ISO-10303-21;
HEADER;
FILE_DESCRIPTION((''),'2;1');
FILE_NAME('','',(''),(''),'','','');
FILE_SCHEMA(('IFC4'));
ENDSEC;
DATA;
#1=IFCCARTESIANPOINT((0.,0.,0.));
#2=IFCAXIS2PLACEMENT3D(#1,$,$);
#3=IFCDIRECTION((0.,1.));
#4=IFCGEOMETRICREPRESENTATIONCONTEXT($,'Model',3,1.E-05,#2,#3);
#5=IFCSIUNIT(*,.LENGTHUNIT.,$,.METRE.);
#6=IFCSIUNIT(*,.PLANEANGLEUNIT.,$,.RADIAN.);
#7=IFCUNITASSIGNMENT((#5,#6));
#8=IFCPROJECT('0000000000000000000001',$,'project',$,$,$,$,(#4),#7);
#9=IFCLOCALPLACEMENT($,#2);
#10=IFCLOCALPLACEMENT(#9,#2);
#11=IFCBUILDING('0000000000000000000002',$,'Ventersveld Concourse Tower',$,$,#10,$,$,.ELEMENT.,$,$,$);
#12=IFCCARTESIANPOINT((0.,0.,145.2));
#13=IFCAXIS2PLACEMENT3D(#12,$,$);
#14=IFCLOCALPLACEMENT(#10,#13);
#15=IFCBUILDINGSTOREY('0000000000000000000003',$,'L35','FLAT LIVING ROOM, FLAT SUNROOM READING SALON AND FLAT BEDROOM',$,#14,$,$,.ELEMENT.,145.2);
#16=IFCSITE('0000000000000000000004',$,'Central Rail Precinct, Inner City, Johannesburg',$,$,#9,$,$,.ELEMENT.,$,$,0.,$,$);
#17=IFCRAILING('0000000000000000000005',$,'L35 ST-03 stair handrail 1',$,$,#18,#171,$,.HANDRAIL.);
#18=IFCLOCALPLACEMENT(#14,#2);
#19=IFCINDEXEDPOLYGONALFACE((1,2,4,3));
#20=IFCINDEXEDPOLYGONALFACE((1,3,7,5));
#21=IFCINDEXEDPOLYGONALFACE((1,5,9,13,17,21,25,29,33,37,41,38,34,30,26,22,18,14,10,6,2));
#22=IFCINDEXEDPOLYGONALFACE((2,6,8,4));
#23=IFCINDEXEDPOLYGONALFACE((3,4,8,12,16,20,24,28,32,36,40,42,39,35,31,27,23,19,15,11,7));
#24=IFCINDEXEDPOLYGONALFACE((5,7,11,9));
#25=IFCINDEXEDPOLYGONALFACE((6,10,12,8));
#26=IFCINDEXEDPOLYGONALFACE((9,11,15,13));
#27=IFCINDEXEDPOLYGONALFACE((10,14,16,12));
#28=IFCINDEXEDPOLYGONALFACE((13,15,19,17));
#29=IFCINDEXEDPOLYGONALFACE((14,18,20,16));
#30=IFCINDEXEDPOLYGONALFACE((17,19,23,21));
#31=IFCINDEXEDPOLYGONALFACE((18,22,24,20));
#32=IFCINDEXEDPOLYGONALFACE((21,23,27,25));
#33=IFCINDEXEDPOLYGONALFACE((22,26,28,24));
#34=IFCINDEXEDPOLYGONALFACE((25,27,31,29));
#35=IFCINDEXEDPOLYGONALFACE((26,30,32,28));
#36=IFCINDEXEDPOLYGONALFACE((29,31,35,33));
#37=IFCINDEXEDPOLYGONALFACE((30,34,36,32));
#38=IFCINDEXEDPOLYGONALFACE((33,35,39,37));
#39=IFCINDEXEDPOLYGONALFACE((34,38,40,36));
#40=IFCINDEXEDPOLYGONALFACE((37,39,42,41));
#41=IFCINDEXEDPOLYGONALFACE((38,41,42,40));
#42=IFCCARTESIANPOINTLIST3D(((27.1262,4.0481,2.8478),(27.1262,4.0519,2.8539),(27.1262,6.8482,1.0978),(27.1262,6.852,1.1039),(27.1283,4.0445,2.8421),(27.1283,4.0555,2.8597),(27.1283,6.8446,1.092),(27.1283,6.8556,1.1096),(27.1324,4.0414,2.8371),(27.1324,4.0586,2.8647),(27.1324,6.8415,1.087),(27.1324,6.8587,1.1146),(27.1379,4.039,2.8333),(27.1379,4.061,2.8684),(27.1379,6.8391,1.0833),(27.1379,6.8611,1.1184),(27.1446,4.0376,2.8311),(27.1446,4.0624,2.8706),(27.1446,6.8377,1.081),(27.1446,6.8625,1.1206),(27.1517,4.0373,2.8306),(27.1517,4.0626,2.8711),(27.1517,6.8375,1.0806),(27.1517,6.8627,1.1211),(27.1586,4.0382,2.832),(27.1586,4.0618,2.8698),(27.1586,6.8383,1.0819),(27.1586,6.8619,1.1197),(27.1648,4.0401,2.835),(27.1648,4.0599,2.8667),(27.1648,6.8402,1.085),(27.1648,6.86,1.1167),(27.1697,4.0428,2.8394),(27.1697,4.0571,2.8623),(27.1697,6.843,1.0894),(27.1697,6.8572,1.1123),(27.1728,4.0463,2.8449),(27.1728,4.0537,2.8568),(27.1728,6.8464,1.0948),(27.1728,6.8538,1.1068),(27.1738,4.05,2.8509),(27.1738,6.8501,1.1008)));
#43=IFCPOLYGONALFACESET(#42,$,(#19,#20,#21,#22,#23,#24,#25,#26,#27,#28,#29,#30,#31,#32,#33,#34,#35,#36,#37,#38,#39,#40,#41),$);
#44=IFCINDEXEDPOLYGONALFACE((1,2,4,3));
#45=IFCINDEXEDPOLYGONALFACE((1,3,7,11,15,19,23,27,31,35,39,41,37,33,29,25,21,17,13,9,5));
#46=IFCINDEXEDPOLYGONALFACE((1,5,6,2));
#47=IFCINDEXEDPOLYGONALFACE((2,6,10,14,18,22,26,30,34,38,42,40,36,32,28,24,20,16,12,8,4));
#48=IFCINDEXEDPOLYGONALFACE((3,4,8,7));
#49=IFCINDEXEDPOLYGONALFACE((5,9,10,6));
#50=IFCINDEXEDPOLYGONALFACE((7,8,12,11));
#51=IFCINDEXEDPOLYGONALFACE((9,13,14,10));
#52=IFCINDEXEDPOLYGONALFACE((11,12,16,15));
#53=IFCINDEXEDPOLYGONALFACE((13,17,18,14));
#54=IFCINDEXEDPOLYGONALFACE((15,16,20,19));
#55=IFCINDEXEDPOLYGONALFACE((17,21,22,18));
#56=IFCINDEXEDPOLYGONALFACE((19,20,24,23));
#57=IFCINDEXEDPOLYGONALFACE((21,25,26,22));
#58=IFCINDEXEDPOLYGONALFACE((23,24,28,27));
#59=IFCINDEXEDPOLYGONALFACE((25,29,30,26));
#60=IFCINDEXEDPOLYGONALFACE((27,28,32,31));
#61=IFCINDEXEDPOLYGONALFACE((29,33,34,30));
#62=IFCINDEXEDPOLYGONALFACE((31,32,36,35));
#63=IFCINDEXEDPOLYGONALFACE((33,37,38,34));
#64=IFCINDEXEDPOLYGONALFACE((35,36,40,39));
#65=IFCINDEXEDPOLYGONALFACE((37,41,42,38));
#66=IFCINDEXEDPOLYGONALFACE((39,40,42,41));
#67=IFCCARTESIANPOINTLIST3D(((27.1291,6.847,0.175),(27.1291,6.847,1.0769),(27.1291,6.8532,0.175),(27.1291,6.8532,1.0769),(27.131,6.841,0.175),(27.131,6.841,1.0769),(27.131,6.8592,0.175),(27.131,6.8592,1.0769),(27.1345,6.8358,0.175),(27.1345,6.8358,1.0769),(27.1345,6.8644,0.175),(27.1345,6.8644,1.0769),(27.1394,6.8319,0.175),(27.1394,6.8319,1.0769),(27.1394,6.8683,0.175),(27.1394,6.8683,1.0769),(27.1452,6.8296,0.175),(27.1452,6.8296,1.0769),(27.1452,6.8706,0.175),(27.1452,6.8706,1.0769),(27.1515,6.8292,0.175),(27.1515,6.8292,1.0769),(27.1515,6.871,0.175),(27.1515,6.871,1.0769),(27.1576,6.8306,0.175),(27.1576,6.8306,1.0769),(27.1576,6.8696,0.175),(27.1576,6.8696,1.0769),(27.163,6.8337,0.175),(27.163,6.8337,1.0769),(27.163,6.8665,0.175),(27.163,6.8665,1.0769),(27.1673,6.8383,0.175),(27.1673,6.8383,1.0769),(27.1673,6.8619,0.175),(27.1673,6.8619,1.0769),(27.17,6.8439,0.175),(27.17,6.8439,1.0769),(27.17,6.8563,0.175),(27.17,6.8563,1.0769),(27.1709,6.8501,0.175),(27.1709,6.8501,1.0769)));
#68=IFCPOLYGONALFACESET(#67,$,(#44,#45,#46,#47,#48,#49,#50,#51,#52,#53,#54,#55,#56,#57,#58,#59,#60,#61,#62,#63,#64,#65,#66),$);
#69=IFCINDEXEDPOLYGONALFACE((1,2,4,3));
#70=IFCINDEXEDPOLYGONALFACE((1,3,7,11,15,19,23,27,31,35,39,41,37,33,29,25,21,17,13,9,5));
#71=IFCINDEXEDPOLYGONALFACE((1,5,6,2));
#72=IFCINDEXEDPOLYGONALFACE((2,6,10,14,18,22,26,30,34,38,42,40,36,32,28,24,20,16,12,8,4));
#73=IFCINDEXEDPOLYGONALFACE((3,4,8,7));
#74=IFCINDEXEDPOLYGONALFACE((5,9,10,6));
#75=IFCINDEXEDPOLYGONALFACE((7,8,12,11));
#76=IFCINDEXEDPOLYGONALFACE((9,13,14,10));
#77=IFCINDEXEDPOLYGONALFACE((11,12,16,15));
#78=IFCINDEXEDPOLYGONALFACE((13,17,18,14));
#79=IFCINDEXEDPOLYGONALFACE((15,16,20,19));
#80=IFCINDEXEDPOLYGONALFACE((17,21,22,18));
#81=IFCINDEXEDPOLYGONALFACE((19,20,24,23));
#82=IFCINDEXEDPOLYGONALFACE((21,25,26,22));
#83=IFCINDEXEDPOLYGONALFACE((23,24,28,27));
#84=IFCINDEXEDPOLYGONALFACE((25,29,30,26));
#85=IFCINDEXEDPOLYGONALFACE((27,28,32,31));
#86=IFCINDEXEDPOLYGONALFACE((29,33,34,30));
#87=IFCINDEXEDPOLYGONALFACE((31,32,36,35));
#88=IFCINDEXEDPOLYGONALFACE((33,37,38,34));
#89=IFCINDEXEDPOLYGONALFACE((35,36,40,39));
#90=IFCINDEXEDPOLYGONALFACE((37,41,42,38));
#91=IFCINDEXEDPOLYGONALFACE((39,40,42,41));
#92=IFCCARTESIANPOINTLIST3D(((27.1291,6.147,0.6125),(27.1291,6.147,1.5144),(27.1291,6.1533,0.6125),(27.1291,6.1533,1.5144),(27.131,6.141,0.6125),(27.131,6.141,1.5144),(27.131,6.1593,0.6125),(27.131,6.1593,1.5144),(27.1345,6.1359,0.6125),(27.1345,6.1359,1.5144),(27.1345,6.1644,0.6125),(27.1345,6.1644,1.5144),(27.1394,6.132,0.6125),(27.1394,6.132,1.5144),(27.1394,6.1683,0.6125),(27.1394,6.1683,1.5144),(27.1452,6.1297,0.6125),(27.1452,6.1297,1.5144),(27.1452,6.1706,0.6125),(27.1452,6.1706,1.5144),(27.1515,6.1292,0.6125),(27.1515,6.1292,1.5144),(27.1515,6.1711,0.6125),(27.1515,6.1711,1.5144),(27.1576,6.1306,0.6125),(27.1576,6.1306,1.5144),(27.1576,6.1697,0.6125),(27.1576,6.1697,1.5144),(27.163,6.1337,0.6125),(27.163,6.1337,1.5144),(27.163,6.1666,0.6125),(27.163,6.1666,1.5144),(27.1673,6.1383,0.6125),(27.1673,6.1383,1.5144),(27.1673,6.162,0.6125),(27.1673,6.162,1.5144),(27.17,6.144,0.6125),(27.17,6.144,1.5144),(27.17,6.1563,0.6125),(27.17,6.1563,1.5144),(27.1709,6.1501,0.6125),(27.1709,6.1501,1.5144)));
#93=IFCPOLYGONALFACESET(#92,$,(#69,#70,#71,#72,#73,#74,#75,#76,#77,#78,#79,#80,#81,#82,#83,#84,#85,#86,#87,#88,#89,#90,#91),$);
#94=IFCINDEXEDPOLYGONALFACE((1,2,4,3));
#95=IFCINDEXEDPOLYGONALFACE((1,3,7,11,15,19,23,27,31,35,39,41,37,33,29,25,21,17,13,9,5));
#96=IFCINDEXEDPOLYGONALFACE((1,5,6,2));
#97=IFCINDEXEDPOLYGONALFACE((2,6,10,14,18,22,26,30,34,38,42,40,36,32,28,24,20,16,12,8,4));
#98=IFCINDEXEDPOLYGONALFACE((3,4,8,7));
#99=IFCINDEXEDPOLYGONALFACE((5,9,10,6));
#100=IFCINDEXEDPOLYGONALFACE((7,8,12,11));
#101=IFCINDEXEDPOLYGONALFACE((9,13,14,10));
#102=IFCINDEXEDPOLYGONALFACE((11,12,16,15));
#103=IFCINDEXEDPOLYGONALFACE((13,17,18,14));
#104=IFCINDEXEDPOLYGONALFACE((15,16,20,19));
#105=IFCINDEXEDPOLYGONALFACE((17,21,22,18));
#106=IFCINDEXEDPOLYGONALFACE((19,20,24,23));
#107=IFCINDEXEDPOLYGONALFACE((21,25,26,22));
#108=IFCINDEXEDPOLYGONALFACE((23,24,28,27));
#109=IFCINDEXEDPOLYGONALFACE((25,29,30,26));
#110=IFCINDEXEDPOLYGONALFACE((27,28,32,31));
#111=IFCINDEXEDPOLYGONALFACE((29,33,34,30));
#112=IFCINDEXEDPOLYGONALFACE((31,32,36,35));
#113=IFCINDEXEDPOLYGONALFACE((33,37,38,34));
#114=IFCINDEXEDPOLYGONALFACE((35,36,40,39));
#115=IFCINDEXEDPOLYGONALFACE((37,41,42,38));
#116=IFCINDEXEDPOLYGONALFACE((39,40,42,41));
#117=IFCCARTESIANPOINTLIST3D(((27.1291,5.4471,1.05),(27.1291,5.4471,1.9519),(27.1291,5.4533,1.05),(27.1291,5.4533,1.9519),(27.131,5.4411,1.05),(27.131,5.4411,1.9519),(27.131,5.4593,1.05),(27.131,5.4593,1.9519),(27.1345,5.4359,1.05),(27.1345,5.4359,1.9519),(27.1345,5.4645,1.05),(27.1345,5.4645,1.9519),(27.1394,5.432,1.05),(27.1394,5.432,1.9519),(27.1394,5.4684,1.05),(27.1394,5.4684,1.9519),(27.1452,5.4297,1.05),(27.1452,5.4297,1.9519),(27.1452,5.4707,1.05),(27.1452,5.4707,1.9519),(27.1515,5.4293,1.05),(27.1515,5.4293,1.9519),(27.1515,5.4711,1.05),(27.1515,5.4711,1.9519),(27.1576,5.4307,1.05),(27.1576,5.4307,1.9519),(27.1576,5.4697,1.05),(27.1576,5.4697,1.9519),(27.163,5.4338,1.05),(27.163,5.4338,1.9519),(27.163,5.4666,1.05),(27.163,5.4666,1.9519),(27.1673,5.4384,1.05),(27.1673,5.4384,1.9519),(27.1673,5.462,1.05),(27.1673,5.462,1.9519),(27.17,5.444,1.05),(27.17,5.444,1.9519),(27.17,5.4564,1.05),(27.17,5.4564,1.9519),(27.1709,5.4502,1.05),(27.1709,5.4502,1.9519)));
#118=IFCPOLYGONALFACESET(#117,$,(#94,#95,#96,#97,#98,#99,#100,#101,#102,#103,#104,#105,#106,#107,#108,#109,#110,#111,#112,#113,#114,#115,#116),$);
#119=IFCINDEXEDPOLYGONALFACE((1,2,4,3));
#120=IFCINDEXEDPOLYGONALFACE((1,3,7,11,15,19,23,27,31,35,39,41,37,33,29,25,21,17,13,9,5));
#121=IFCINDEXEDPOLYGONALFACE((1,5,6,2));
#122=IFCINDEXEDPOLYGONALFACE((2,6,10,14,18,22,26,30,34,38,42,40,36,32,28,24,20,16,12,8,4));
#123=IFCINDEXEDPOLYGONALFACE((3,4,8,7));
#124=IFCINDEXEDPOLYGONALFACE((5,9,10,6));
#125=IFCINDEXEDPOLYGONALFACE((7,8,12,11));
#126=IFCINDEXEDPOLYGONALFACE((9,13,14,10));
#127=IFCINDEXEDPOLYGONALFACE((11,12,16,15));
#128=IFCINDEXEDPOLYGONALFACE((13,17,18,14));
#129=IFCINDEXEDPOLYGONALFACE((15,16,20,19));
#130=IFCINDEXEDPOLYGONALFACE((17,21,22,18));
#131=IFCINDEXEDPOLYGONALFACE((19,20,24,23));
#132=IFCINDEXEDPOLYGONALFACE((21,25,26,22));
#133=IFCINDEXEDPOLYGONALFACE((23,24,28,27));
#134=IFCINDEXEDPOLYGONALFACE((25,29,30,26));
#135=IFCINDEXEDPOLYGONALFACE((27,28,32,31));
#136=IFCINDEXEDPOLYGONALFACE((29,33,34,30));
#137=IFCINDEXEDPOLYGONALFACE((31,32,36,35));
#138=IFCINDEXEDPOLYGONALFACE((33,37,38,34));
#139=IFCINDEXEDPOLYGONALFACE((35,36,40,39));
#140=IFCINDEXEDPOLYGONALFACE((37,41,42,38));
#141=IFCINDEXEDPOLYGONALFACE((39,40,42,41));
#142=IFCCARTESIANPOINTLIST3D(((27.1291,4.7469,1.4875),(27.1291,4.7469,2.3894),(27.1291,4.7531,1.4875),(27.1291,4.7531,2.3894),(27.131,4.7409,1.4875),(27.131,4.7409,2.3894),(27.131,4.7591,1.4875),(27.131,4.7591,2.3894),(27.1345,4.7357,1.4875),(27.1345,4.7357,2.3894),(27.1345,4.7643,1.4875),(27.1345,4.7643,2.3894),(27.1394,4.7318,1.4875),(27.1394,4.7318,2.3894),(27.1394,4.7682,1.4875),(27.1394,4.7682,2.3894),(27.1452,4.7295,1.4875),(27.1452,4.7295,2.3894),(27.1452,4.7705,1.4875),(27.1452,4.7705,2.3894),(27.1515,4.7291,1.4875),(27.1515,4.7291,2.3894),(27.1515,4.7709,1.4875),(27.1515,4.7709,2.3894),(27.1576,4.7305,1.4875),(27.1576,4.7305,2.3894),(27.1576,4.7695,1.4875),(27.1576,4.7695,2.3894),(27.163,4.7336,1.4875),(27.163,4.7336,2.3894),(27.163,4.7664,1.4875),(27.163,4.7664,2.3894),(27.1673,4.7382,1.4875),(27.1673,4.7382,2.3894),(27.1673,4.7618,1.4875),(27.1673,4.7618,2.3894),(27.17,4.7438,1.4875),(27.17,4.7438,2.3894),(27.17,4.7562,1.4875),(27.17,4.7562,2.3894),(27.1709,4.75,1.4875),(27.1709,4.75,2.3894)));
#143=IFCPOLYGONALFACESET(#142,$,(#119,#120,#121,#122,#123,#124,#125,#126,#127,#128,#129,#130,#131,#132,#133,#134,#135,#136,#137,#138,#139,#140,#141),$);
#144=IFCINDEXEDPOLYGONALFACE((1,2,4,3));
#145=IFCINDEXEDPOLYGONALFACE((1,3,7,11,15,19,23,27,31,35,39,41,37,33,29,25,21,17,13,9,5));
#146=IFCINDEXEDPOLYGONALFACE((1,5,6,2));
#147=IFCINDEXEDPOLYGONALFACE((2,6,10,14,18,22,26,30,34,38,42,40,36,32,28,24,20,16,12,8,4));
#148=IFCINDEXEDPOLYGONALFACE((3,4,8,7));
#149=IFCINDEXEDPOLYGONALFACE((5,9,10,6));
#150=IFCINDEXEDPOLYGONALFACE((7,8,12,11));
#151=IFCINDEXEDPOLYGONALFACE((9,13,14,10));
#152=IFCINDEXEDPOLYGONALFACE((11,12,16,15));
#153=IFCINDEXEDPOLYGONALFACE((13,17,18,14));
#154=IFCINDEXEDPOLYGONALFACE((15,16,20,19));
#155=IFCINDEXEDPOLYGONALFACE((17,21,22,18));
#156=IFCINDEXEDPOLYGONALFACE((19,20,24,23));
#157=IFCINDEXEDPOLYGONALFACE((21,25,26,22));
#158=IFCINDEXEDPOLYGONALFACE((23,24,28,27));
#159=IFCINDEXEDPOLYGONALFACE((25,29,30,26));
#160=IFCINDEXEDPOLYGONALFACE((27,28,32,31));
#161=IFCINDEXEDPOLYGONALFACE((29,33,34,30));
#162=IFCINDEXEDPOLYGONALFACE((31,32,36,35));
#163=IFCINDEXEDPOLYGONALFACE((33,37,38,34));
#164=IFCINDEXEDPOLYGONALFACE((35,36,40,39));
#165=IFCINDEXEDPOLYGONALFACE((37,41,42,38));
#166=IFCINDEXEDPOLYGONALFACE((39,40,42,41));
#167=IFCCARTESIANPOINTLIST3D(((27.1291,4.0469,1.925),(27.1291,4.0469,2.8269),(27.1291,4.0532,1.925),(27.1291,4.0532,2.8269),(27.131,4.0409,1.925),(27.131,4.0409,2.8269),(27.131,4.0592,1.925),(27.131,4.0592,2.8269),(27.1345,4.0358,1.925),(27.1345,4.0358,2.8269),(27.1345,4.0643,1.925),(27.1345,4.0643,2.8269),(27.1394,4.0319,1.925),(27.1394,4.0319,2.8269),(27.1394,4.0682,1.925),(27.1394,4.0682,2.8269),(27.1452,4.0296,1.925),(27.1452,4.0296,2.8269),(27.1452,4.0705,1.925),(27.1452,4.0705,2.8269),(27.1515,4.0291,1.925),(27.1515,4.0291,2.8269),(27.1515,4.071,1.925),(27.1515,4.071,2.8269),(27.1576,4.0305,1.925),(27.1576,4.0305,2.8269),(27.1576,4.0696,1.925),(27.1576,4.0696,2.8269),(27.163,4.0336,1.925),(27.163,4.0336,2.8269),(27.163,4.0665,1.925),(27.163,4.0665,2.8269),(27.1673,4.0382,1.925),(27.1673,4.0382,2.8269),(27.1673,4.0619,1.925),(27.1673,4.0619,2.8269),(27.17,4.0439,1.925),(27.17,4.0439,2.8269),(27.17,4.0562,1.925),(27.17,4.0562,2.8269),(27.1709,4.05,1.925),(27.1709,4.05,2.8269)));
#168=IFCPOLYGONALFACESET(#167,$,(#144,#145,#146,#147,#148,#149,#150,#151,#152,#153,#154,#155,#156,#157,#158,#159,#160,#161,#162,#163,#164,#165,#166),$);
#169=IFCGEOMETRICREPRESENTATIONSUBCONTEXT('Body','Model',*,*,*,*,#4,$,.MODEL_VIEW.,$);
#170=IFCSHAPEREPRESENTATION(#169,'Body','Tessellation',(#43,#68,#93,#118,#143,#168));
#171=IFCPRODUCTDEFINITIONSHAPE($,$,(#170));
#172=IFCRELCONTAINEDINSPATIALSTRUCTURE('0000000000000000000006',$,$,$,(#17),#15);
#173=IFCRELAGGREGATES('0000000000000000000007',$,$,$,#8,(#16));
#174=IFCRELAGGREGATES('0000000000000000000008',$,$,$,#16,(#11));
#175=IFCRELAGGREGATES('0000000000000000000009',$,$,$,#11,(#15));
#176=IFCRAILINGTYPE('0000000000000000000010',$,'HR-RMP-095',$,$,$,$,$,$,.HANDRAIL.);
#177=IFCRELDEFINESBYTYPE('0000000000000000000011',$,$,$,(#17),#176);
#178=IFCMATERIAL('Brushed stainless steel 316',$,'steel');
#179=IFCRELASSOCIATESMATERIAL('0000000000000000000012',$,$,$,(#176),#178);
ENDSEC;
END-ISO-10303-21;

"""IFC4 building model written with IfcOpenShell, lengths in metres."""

from ifc_helpers import new_model, si_unit, direction, frame, origin, origin_2d, place, context, subcontext, project, spatial, circle, extrude, material, type_object, element, save


model = new_model("IFC4")

# Units and contexts
model_context = context("Model", 3, precision=1e-05, world=origin(), true_north=direction((0.0, 1.0)))
body_context = subcontext(model_context, "Body", "Model", "MODEL_VIEW")
ifc_project = project(units=[si_unit("LENGTHUNIT", "METRE"), si_unit("PLANEANGLEUNIT", "RADIAN")], contexts=[model_context])

# Site, building, storey
site_placement = place(None, origin())
site = spatial("IfcSite", under=ifc_project, at=site_placement, Name="Central Rail Precinct, Inner City, Johannesburg", CompositionType="ELEMENT", RefElevation=0.0)
building_placement = place(site_placement, origin())
building = spatial("IfcBuilding", under=site, at=building_placement, Name="Ventersveld Concourse Tower", CompositionType="ELEMENT")
storey_placement = place(building_placement, frame((0.0, 0.0, 145.2)))
storey = spatial("IfcBuildingStorey", under=building, at=storey_placement, Name="L35", Description="FLAT LIVING ROOM, FLAT SUNROOM READING SALON AND FLAT BEDROOM", CompositionType="ELEMENT", Elevation=145.2)

# Shared definitions
ifc_material_1 = material(Name="Brushed stainless steel 316", Category="steel")

# Railing
railing_type_1 = type_object("IfcRailingType", Name="HR-RMP-095", PredefinedType="HANDRAIL", material=ifc_material_1)
railing_1_placement = place(storey_placement, frame((27.1499, 6.8501, 0.175)))
element("IfcRailing", 1, at=railing_1_placement, inside=storey, type_object=railing_type_1, Name="L35 ST-03 stair handrail 1", PredefinedType="HANDRAIL", context=body_context, shape_type="SweptSolid", body=[
    extrude(circle(Radius=0.0239, at=origin_2d()), frame((0.0, 0.0, 0.9258), z_axis=(0.0, -0.848002, 0.529992), x_axis=(1.0, 0.0, 0.0)), (0.0, 0.0, 1.0), 3.302),
    extrude(circle(Radius=0.021, at=origin_2d()), origin(), (0.0, 0.0, 1.0), 0.9019),
    extrude(circle(Radius=0.021, at=origin_2d()), frame((0.0, -0.7, 0.4375)), (0.0, 0.0, 1.0), 0.9019),
    extrude(circle(Radius=0.021, at=origin_2d()), frame((0.0, -1.3999, 0.875)), (0.0, 0.0, 1.0), 0.9019),
    extrude(circle(Radius=0.021, at=origin_2d()), frame((0.0, -2.1001, 1.3125)), (0.0, 0.0, 1.0), 0.9019),
    extrude(circle(Radius=0.021, at=origin_2d()), frame((0.0, -2.8, 1.75)), (0.0, 0.0, 1.0), 0.9019),
])

save(model, "model.ifc")
